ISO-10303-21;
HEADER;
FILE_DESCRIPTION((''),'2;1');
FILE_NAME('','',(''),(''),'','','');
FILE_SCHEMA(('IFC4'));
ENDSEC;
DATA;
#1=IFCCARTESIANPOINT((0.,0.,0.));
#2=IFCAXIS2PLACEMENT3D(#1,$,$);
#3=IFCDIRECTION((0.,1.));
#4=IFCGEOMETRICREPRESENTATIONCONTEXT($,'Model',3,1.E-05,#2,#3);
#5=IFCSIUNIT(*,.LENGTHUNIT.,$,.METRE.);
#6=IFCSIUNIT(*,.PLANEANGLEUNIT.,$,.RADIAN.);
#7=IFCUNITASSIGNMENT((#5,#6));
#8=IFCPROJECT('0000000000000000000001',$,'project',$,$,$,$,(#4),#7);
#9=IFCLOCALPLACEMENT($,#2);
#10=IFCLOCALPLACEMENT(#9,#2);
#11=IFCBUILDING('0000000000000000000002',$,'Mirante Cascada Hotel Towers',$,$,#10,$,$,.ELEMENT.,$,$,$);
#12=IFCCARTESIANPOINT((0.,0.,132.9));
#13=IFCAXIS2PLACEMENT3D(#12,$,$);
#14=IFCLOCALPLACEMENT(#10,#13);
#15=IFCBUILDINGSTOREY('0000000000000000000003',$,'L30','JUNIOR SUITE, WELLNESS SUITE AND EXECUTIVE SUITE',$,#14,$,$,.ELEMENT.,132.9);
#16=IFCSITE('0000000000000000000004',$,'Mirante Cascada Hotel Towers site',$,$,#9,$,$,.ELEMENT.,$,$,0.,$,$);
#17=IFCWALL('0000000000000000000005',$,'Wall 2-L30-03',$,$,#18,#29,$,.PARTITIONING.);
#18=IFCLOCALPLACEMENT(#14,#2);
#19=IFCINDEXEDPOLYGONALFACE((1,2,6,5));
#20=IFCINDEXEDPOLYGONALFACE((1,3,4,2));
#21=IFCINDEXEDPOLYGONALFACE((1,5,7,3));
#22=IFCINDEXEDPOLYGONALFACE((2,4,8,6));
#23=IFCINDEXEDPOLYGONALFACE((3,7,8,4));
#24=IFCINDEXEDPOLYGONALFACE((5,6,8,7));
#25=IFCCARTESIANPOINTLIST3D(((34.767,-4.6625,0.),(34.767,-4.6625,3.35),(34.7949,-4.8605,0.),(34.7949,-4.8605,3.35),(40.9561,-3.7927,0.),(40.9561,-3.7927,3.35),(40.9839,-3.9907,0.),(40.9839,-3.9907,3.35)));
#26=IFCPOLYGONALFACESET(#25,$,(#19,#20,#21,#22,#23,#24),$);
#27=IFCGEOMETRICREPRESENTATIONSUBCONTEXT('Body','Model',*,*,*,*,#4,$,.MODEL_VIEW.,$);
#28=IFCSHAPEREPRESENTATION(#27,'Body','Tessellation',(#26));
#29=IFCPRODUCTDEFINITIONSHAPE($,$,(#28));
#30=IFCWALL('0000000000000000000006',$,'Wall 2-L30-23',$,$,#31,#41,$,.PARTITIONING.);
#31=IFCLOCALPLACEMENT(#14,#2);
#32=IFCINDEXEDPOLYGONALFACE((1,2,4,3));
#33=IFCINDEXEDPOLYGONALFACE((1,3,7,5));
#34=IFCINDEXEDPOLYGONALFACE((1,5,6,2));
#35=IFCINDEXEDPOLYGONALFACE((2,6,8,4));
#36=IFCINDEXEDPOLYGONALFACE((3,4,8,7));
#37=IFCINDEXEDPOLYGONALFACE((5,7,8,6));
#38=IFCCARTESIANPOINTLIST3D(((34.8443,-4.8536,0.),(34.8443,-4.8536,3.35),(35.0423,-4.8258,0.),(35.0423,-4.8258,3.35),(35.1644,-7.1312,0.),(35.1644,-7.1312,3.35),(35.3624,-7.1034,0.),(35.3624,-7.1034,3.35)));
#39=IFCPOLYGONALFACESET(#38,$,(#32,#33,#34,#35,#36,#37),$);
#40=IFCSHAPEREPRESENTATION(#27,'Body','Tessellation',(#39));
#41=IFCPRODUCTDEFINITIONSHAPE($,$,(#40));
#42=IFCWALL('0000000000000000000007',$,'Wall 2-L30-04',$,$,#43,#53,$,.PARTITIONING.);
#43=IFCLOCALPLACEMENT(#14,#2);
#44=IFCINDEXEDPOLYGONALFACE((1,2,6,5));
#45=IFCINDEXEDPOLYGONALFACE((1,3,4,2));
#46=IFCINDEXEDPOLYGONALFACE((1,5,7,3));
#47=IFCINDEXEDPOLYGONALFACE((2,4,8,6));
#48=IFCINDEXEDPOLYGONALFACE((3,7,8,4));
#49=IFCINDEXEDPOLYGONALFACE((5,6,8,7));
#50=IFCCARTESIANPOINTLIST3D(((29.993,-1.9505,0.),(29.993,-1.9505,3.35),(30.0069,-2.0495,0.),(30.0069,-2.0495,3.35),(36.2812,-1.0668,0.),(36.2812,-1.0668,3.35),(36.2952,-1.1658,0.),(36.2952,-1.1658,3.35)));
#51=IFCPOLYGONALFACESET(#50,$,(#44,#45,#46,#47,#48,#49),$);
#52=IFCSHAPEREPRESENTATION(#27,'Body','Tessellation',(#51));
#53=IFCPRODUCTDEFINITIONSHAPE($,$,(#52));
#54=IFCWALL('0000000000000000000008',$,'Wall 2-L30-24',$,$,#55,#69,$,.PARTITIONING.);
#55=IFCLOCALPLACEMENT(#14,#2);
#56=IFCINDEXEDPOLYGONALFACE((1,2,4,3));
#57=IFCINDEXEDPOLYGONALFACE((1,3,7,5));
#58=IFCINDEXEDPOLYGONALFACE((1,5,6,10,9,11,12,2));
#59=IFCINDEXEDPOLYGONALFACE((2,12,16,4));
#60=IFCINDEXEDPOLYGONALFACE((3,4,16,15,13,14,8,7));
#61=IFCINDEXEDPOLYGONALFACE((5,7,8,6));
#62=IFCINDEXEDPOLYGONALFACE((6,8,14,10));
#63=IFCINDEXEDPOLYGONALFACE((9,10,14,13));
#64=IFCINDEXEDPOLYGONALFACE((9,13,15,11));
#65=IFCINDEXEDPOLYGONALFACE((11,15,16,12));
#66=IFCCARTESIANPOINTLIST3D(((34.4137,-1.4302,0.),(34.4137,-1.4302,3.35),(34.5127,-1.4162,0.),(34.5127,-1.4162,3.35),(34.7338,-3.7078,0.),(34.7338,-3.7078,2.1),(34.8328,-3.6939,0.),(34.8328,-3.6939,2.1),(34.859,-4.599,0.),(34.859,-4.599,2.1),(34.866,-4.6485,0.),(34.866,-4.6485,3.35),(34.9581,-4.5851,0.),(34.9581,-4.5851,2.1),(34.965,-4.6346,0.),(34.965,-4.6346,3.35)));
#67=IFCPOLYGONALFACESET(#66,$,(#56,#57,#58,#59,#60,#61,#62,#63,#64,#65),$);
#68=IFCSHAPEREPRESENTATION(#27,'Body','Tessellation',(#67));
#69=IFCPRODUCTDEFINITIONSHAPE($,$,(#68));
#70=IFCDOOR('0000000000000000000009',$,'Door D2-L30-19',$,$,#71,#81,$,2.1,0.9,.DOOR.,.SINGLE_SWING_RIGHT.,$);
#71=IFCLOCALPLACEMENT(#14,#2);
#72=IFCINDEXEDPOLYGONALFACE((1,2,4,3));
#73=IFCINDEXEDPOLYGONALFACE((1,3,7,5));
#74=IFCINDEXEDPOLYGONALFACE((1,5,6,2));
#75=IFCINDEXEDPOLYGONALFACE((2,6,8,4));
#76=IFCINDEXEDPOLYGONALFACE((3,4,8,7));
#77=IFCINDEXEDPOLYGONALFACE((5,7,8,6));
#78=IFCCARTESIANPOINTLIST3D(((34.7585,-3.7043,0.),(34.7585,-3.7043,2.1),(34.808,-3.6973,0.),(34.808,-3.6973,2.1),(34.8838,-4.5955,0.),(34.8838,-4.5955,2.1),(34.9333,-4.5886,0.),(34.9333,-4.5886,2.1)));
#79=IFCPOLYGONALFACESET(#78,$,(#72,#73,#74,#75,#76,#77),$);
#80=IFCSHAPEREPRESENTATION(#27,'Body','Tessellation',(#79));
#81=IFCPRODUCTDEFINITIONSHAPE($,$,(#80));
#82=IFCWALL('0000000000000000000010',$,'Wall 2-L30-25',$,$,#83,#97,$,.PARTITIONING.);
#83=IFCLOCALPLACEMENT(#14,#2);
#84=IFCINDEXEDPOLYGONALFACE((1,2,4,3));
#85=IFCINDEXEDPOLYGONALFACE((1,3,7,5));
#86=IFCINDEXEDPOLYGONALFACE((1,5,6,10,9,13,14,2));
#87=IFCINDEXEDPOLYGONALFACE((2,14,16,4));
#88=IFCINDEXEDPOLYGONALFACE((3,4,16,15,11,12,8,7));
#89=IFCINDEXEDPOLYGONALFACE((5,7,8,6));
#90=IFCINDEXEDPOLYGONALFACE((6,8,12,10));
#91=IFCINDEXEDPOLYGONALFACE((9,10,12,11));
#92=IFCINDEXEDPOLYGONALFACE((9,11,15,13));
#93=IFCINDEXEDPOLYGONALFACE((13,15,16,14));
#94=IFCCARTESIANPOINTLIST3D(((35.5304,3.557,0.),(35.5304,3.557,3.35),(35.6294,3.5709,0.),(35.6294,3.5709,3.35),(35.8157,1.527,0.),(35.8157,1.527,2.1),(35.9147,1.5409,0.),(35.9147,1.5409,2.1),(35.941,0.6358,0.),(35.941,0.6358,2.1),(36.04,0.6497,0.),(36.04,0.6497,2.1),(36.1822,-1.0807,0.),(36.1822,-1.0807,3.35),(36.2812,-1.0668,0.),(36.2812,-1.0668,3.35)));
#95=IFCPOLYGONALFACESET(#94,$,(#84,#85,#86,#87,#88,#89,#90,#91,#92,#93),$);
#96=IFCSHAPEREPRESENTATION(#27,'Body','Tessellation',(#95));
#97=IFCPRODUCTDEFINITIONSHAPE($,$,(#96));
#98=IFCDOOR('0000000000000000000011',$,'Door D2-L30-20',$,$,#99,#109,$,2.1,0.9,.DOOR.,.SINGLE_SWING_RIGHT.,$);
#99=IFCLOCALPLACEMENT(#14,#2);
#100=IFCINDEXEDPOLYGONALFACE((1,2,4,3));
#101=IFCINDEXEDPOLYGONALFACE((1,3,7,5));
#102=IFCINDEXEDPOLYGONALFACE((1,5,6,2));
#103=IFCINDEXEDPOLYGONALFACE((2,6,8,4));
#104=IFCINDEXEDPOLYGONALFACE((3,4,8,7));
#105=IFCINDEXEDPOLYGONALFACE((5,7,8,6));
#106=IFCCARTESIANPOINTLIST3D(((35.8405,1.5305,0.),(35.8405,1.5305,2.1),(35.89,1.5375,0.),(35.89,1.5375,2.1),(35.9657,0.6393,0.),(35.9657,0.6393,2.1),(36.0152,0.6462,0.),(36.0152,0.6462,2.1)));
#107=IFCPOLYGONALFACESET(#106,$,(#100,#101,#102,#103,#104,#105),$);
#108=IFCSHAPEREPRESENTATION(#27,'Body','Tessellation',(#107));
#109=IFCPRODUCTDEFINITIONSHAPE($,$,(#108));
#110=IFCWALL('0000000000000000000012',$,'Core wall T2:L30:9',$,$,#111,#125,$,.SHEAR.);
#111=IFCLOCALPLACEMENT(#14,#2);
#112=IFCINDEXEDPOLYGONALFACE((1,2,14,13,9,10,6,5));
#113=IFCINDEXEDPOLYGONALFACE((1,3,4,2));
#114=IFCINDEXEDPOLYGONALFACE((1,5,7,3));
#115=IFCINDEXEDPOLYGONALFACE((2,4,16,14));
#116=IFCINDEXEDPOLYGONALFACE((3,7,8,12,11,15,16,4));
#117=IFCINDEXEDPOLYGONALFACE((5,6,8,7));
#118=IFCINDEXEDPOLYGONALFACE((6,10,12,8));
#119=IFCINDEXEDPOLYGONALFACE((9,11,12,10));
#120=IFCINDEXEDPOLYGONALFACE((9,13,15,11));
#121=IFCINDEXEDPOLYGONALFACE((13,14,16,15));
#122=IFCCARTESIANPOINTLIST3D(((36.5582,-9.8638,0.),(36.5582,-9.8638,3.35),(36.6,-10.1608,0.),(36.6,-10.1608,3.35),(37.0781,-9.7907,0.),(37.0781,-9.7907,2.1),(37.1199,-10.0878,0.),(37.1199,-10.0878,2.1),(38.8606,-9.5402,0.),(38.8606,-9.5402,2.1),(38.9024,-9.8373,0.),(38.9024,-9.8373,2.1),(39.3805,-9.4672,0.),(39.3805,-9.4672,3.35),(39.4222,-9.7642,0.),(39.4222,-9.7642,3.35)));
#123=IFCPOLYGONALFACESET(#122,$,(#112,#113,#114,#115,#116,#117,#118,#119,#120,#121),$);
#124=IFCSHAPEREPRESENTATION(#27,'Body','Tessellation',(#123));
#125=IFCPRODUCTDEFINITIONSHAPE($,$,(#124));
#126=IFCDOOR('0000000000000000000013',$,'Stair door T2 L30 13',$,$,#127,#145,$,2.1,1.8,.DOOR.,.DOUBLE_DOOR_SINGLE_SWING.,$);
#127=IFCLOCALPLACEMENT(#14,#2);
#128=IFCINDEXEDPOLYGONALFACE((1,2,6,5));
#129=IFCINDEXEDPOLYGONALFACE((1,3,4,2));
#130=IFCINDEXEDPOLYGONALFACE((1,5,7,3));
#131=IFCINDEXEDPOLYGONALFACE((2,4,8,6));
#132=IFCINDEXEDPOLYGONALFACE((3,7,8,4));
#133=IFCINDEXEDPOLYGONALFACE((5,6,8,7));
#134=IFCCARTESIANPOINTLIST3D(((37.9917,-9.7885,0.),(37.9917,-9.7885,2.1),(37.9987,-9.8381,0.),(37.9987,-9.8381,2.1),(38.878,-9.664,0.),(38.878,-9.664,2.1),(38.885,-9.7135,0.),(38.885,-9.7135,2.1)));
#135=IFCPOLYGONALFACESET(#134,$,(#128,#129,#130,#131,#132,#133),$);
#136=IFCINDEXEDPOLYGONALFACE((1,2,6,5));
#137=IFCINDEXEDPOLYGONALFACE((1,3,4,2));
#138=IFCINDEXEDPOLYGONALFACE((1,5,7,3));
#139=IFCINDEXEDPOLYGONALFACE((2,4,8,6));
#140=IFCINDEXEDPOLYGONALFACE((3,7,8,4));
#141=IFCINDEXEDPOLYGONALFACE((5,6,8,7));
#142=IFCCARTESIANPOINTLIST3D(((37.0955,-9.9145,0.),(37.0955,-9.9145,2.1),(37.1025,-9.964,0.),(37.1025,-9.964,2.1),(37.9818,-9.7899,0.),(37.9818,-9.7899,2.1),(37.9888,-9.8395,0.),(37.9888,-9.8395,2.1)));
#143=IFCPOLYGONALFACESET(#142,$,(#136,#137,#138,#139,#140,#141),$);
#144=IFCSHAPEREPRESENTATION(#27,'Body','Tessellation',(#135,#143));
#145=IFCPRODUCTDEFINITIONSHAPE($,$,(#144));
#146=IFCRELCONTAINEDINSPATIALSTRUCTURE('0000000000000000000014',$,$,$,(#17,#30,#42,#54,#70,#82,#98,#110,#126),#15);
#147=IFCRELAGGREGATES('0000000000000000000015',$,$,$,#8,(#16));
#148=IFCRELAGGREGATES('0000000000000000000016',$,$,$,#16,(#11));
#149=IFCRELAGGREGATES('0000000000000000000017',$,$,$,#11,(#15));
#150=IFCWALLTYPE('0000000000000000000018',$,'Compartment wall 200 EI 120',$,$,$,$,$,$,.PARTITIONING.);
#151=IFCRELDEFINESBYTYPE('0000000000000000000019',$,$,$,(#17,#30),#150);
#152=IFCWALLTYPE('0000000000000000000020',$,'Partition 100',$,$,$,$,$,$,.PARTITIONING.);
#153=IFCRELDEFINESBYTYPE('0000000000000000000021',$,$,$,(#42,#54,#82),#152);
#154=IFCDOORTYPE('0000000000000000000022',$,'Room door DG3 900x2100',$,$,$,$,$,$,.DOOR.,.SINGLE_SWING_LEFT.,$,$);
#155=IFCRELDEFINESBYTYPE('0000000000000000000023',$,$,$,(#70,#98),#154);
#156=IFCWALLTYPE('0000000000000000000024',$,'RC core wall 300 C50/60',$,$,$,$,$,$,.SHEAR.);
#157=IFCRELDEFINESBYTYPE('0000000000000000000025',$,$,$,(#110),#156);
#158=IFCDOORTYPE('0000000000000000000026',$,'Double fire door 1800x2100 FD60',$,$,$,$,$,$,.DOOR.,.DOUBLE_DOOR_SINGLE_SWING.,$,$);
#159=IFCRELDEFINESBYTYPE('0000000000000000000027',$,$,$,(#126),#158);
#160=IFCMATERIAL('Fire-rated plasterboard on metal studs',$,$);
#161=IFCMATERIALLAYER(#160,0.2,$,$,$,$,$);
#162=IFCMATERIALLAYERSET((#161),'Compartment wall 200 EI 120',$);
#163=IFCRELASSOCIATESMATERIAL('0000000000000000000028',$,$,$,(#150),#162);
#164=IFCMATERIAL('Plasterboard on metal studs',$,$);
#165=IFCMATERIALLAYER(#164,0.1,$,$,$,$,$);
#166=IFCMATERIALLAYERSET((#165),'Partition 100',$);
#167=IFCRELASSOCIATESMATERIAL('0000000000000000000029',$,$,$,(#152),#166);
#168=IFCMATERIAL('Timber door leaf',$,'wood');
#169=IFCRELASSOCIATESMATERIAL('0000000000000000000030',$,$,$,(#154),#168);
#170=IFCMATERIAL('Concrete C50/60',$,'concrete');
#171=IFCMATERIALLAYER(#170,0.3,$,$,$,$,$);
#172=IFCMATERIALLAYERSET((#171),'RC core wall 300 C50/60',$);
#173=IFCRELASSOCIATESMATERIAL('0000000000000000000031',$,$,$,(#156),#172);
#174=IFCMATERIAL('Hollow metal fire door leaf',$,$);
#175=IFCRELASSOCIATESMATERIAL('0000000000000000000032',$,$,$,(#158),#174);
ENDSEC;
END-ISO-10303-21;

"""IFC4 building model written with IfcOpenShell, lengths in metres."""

from ifc_helpers import new_model, si_unit, direction, frame, frame_2d, origin, place, context, subcontext, project, spatial, rectangle, extrude, material, layer, layer_set, type_object, element, fill, save


model = new_model("IFC4")

# Units and contexts
model_context = context("Model", 3, precision=1e-05, world=origin(), true_north=direction((0.0, 1.0)))
body_context = subcontext(model_context, "Body", "Model", "MODEL_VIEW")
ifc_project = project(units=[si_unit("LENGTHUNIT", "METRE"), si_unit("PLANEANGLEUNIT", "RADIAN")], contexts=[model_context])

# Site, building, storey
site_placement = place(None, origin())
site = spatial("IfcSite", under=ifc_project, at=site_placement, Name="Mirante Cascada Hotel Towers site", CompositionType="ELEMENT", RefElevation=0.0)
building_placement = place(site_placement, origin())
building = spatial("IfcBuilding", under=site, at=building_placement, Name="Mirante Cascada Hotel Towers", CompositionType="ELEMENT")
storey_placement = place(building_placement, frame((0.0, 0.0, 132.9)))
storey = spatial("IfcBuildingStorey", under=building, at=storey_placement, Name="L30", Description="JUNIOR SUITE, WELLNESS SUITE AND EXECUTIVE SUITE", CompositionType="ELEMENT", Elevation=132.9)

# Walls
ifc_material_1 = material(Name="Fire-rated plasterboard on metal studs")
ifc_layer_1 = layer(ifc_material_1, 0.2)
ifc_layer_set_1 = layer_set([ifc_layer_1], Name="Compartment wall 200 EI 120")
wall_type_1 = type_object("IfcWallType", Name="Compartment wall 200 EI 120", PredefinedType="PARTITIONING", material=ifc_layer_set_1)
wall_1_placement = place(storey_placement, frame((34.7809, -4.7615, 0.0), z_axis=(0.0, 0.0, 1.0), x_axis=(0.990268, 0.13917, 0.0)))
element("IfcWall", 1, at=wall_1_placement, inside=storey, type_object=wall_type_1, Name="Wall 2-L30-03", PredefinedType="PARTITIONING", context=body_context, shape_type="SweptSolid", body=[
    extrude(rectangle(XDim=6.2499, YDim=0.2, at=frame_2d((3.125, 0.0))), origin(), (0.0, 0.0, 1.0), 3.35),
])
wall_2_placement = place(storey_placement, frame((35.2634, -7.1173, 0.0), z_axis=(0.0, 0.0, 1.0), x_axis=(-0.139175, 0.990268, 0.0)))
element("IfcWall", 2, at=wall_2_placement, inside=storey, type_object=wall_type_1, Name="Wall 2-L30-23", PredefinedType="PARTITIONING", context=body_context, shape_type="SweptSolid", body=[
    extrude(rectangle(XDim=2.3, YDim=0.2, at=frame_2d((1.15, 0.0))), origin(), (0.0, 0.0, 1.0), 3.35),
])
ifc_material_2 = material(Name="Plasterboard on metal studs")
ifc_layer_2 = layer(ifc_material_2, 0.1)
ifc_layer_set_2 = layer_set([ifc_layer_2], Name="Partition 100")
wall_type_2 = type_object("IfcWallType", Name="Partition 100", PredefinedType="PARTITIONING", material=ifc_layer_set_2)
wall_3_placement = place(storey_placement, frame((36.2882, -1.1163, 0.0), z_axis=(0.0, 0.0, 1.0), x_axis=(-0.990269, -0.139166, 0.0)))
element("IfcWall", 3, at=wall_3_placement, inside=storey, type_object=wall_type_2, Name="Wall 2-L30-04", PredefinedType="PARTITIONING", context=body_context, shape_type="SweptSolid", body=[
    extrude(rectangle(XDim=6.35, YDim=0.1, at=frame_2d((3.175, 0.0))), origin(), (0.0, 0.0, 1.0), 3.35),
])

# Walls, openings, doors
wall_4_placement = place(storey_placement, frame((34.4632, -1.4232, 0.0), z_axis=(0.0, 0.0, 1.0), x_axis=(0.139168, -0.990269, 0.0)))
wall_4 = element("IfcWall", 4, at=wall_4_placement, inside=storey, type_object=wall_type_2, Name="Wall 2-L30-24", PredefinedType="PARTITIONING", context=body_context, shape_type="SweptSolid", body=[
    extrude(rectangle(XDim=3.25, YDim=0.1, at=frame_2d((1.625, 0.0))), origin(), (0.0, 0.0, 1.0), 3.35),
])
opening_1_placement = place(wall_4_placement, frame((2.3, 0.0, 0.0)))
opening_1 = element("IfcOpeningElement", 5, at=opening_1_placement, cuts=wall_4, PredefinedType="OPENING", context=body_context, shape_type="SweptSolid", body=[
    extrude(rectangle(XDim=0.9, YDim=2.1, at=frame_2d((0.45, 1.05))), frame((0.0, 0.05, 0.0), z_axis=(0.0, -1.0, 0.0), x_axis=(1.0, 0.0, 0.0)), (0.0, 0.0, 1.0), 0.1),
])
ifc_material_3 = material(Name="Timber door leaf", Category="wood")
door_type_1 = type_object("IfcDoorType", Name="Room door DG3 900x2100", OperationType="SINGLE_SWING_LEFT", PredefinedType="DOOR", material=ifc_material_3)
door_1_placement = place(opening_1_placement, frame((0.9, 0.0, 0.0), z_axis=(0.0, 0.0, 1.0), x_axis=(-1.0, 0.0, 0.0)))
door_1 = element("IfcDoor", 6, at=door_1_placement, inside=storey, type_object=door_type_1, Name="Door D2-L30-19", OperationType="SINGLE_SWING_RIGHT", OverallHeight=2.1, OverallWidth=0.9, PredefinedType="DOOR", context=body_context, shape_type="SweptSolid", body=[
    extrude(rectangle(XDim=0.9, YDim=2.1, at=frame_2d((0.45, 1.05))), frame((0.0, 0.025, 0.0), z_axis=(0.0, -1.0, 0.0), x_axis=(1.0, 0.0, 0.0)), (0.0, 0.0, 1.0), 0.05),
])
fill(opening_1, door_1)
wall_5_placement = place(storey_placement, frame((36.2317, -1.0737, 0.0), z_axis=(0.0, 0.0, 1.0), x_axis=(-0.139176, 0.990268, 0.0)))
wall_5 = element("IfcWall", 7, at=wall_5_placement, inside=storey, type_object=wall_type_2, Name="Wall 2-L30-25", PredefinedType="PARTITIONING", context=body_context, shape_type="SweptSolid", body=[
    extrude(rectangle(XDim=4.6833, YDim=0.1, at=frame_2d((2.3416, 0.0))), origin(), (0.0, 0.0, 1.0), 3.35),
])
opening_2_placement = place(wall_5_placement, frame((1.7333, 0.0, 0.0)))
opening_2 = element("IfcOpeningElement", 8, at=opening_2_placement, cuts=wall_5, PredefinedType="OPENING", context=body_context, shape_type="SweptSolid", body=[
    extrude(rectangle(XDim=0.9, YDim=2.1, at=frame_2d((0.45, 1.05))), frame((0.0, 0.05, 0.0), z_axis=(0.0, -1.0, 0.0), x_axis=(1.0, 0.0, 0.0)), (0.0, 0.0, 1.0), 0.1),
])
door_2_placement = place(opening_2_placement, frame((0.9, 0.0, 0.0), z_axis=(0.0, 0.0, 1.0), x_axis=(-1.0, 0.0, 0.0)))
door_2 = element("IfcDoor", 9, at=door_2_placement, inside=storey, type_object=door_type_1, Name="Door D2-L30-20", OperationType="SINGLE_SWING_RIGHT", OverallHeight=2.1, OverallWidth=0.9, PredefinedType="DOOR", context=body_context, shape_type="SweptSolid", body=[
    extrude(rectangle(XDim=0.9, YDim=2.1, at=frame_2d((0.45, 1.05))), frame((0.0, 0.025, 0.0), z_axis=(0.0, -1.0, 0.0), x_axis=(1.0, 0.0, 0.0)), (0.0, 0.0, 1.0), 0.05),
])
fill(opening_2, door_2)
ifc_material_4 = material(Name="Concrete C50/60", Category="concrete")
ifc_layer_3 = layer(ifc_material_4, 0.3)
ifc_layer_set_3 = layer_set([ifc_layer_3], Name="RC core wall 300 C50/60")
wall_type_3 = type_object("IfcWallType", Name="RC core wall 300 C50/60", PredefinedType="SHEAR", material=ifc_layer_set_3)
wall_6_placement = place(storey_placement, frame((36.5791, -10.0123, 0.0), z_axis=(0.0, 0.0, 1.0), x_axis=(0.99027, 0.139156, 0.0)))
wall_6 = element("IfcWall", 10, at=wall_6_placement, inside=storey, type_object=wall_type_3, Name="Core wall T2:L30:9", PredefinedType="SHEAR", context=body_context, shape_type="SweptSolid", body=[
    extrude(rectangle(XDim=2.85, YDim=0.3, at=frame_2d((1.425, 0.0))), origin(), (0.0, 0.0, 1.0), 3.35),
])
opening_3_placement = place(wall_6_placement, frame((0.525, 0.0, 0.0)))
opening_3 = element("IfcOpeningElement", 11, at=opening_3_placement, cuts=wall_6, PredefinedType="OPENING", context=body_context, shape_type="SweptSolid", body=[
    extrude(rectangle(XDim=1.8, YDim=2.1, at=frame_2d((0.9, 1.05))), frame((0.0, 0.15, 0.0), z_axis=(0.0, -1.0, 0.0), x_axis=(1.0, 0.0, 0.0)), (0.0, 0.0, 1.0), 0.3),
])
ifc_material_5 = material(Name="Hollow metal fire door leaf")
door_type_2 = type_object("IfcDoorType", Name="Double fire door 1800x2100 FD60", OperationType="DOUBLE_DOOR_SINGLE_SWING", PredefinedType="DOOR", material=ifc_material_5)
door_3_placement = place(opening_3_placement, frame((1.8, 0.0, 0.0), z_axis=(0.0, 0.0, 1.0), x_axis=(-1.0, 0.0, 0.0)))
door_3 = element("IfcDoor", 12, at=door_3_placement, inside=storey, type_object=door_type_2, Name="Stair door T2 L30 13", OperationType="DOUBLE_DOOR_SINGLE_SWING", OverallHeight=2.1, OverallWidth=1.8, PredefinedType="DOOR", context=body_context, shape_type="SweptSolid", body=[
    extrude(rectangle(XDim=0.895, YDim=2.1, at=frame_2d((0.4475, 1.05))), frame((0.0, 0.025, 0.0), z_axis=(0.0, -1.0, 0.0), x_axis=(1.0, 0.0, 0.0)), (0.0, 0.0, 1.0), 0.05),
    extrude(rectangle(XDim=0.895, YDim=2.1, at=frame_2d((1.3525, 1.05))), frame((0.0, 0.025, 0.0), z_axis=(0.0, -1.0, 0.0), x_axis=(1.0, 0.0, 0.0)), (0.0, 0.0, 1.0), 0.05),
])
fill(opening_3, door_3)

save(model, "model.ifc")
